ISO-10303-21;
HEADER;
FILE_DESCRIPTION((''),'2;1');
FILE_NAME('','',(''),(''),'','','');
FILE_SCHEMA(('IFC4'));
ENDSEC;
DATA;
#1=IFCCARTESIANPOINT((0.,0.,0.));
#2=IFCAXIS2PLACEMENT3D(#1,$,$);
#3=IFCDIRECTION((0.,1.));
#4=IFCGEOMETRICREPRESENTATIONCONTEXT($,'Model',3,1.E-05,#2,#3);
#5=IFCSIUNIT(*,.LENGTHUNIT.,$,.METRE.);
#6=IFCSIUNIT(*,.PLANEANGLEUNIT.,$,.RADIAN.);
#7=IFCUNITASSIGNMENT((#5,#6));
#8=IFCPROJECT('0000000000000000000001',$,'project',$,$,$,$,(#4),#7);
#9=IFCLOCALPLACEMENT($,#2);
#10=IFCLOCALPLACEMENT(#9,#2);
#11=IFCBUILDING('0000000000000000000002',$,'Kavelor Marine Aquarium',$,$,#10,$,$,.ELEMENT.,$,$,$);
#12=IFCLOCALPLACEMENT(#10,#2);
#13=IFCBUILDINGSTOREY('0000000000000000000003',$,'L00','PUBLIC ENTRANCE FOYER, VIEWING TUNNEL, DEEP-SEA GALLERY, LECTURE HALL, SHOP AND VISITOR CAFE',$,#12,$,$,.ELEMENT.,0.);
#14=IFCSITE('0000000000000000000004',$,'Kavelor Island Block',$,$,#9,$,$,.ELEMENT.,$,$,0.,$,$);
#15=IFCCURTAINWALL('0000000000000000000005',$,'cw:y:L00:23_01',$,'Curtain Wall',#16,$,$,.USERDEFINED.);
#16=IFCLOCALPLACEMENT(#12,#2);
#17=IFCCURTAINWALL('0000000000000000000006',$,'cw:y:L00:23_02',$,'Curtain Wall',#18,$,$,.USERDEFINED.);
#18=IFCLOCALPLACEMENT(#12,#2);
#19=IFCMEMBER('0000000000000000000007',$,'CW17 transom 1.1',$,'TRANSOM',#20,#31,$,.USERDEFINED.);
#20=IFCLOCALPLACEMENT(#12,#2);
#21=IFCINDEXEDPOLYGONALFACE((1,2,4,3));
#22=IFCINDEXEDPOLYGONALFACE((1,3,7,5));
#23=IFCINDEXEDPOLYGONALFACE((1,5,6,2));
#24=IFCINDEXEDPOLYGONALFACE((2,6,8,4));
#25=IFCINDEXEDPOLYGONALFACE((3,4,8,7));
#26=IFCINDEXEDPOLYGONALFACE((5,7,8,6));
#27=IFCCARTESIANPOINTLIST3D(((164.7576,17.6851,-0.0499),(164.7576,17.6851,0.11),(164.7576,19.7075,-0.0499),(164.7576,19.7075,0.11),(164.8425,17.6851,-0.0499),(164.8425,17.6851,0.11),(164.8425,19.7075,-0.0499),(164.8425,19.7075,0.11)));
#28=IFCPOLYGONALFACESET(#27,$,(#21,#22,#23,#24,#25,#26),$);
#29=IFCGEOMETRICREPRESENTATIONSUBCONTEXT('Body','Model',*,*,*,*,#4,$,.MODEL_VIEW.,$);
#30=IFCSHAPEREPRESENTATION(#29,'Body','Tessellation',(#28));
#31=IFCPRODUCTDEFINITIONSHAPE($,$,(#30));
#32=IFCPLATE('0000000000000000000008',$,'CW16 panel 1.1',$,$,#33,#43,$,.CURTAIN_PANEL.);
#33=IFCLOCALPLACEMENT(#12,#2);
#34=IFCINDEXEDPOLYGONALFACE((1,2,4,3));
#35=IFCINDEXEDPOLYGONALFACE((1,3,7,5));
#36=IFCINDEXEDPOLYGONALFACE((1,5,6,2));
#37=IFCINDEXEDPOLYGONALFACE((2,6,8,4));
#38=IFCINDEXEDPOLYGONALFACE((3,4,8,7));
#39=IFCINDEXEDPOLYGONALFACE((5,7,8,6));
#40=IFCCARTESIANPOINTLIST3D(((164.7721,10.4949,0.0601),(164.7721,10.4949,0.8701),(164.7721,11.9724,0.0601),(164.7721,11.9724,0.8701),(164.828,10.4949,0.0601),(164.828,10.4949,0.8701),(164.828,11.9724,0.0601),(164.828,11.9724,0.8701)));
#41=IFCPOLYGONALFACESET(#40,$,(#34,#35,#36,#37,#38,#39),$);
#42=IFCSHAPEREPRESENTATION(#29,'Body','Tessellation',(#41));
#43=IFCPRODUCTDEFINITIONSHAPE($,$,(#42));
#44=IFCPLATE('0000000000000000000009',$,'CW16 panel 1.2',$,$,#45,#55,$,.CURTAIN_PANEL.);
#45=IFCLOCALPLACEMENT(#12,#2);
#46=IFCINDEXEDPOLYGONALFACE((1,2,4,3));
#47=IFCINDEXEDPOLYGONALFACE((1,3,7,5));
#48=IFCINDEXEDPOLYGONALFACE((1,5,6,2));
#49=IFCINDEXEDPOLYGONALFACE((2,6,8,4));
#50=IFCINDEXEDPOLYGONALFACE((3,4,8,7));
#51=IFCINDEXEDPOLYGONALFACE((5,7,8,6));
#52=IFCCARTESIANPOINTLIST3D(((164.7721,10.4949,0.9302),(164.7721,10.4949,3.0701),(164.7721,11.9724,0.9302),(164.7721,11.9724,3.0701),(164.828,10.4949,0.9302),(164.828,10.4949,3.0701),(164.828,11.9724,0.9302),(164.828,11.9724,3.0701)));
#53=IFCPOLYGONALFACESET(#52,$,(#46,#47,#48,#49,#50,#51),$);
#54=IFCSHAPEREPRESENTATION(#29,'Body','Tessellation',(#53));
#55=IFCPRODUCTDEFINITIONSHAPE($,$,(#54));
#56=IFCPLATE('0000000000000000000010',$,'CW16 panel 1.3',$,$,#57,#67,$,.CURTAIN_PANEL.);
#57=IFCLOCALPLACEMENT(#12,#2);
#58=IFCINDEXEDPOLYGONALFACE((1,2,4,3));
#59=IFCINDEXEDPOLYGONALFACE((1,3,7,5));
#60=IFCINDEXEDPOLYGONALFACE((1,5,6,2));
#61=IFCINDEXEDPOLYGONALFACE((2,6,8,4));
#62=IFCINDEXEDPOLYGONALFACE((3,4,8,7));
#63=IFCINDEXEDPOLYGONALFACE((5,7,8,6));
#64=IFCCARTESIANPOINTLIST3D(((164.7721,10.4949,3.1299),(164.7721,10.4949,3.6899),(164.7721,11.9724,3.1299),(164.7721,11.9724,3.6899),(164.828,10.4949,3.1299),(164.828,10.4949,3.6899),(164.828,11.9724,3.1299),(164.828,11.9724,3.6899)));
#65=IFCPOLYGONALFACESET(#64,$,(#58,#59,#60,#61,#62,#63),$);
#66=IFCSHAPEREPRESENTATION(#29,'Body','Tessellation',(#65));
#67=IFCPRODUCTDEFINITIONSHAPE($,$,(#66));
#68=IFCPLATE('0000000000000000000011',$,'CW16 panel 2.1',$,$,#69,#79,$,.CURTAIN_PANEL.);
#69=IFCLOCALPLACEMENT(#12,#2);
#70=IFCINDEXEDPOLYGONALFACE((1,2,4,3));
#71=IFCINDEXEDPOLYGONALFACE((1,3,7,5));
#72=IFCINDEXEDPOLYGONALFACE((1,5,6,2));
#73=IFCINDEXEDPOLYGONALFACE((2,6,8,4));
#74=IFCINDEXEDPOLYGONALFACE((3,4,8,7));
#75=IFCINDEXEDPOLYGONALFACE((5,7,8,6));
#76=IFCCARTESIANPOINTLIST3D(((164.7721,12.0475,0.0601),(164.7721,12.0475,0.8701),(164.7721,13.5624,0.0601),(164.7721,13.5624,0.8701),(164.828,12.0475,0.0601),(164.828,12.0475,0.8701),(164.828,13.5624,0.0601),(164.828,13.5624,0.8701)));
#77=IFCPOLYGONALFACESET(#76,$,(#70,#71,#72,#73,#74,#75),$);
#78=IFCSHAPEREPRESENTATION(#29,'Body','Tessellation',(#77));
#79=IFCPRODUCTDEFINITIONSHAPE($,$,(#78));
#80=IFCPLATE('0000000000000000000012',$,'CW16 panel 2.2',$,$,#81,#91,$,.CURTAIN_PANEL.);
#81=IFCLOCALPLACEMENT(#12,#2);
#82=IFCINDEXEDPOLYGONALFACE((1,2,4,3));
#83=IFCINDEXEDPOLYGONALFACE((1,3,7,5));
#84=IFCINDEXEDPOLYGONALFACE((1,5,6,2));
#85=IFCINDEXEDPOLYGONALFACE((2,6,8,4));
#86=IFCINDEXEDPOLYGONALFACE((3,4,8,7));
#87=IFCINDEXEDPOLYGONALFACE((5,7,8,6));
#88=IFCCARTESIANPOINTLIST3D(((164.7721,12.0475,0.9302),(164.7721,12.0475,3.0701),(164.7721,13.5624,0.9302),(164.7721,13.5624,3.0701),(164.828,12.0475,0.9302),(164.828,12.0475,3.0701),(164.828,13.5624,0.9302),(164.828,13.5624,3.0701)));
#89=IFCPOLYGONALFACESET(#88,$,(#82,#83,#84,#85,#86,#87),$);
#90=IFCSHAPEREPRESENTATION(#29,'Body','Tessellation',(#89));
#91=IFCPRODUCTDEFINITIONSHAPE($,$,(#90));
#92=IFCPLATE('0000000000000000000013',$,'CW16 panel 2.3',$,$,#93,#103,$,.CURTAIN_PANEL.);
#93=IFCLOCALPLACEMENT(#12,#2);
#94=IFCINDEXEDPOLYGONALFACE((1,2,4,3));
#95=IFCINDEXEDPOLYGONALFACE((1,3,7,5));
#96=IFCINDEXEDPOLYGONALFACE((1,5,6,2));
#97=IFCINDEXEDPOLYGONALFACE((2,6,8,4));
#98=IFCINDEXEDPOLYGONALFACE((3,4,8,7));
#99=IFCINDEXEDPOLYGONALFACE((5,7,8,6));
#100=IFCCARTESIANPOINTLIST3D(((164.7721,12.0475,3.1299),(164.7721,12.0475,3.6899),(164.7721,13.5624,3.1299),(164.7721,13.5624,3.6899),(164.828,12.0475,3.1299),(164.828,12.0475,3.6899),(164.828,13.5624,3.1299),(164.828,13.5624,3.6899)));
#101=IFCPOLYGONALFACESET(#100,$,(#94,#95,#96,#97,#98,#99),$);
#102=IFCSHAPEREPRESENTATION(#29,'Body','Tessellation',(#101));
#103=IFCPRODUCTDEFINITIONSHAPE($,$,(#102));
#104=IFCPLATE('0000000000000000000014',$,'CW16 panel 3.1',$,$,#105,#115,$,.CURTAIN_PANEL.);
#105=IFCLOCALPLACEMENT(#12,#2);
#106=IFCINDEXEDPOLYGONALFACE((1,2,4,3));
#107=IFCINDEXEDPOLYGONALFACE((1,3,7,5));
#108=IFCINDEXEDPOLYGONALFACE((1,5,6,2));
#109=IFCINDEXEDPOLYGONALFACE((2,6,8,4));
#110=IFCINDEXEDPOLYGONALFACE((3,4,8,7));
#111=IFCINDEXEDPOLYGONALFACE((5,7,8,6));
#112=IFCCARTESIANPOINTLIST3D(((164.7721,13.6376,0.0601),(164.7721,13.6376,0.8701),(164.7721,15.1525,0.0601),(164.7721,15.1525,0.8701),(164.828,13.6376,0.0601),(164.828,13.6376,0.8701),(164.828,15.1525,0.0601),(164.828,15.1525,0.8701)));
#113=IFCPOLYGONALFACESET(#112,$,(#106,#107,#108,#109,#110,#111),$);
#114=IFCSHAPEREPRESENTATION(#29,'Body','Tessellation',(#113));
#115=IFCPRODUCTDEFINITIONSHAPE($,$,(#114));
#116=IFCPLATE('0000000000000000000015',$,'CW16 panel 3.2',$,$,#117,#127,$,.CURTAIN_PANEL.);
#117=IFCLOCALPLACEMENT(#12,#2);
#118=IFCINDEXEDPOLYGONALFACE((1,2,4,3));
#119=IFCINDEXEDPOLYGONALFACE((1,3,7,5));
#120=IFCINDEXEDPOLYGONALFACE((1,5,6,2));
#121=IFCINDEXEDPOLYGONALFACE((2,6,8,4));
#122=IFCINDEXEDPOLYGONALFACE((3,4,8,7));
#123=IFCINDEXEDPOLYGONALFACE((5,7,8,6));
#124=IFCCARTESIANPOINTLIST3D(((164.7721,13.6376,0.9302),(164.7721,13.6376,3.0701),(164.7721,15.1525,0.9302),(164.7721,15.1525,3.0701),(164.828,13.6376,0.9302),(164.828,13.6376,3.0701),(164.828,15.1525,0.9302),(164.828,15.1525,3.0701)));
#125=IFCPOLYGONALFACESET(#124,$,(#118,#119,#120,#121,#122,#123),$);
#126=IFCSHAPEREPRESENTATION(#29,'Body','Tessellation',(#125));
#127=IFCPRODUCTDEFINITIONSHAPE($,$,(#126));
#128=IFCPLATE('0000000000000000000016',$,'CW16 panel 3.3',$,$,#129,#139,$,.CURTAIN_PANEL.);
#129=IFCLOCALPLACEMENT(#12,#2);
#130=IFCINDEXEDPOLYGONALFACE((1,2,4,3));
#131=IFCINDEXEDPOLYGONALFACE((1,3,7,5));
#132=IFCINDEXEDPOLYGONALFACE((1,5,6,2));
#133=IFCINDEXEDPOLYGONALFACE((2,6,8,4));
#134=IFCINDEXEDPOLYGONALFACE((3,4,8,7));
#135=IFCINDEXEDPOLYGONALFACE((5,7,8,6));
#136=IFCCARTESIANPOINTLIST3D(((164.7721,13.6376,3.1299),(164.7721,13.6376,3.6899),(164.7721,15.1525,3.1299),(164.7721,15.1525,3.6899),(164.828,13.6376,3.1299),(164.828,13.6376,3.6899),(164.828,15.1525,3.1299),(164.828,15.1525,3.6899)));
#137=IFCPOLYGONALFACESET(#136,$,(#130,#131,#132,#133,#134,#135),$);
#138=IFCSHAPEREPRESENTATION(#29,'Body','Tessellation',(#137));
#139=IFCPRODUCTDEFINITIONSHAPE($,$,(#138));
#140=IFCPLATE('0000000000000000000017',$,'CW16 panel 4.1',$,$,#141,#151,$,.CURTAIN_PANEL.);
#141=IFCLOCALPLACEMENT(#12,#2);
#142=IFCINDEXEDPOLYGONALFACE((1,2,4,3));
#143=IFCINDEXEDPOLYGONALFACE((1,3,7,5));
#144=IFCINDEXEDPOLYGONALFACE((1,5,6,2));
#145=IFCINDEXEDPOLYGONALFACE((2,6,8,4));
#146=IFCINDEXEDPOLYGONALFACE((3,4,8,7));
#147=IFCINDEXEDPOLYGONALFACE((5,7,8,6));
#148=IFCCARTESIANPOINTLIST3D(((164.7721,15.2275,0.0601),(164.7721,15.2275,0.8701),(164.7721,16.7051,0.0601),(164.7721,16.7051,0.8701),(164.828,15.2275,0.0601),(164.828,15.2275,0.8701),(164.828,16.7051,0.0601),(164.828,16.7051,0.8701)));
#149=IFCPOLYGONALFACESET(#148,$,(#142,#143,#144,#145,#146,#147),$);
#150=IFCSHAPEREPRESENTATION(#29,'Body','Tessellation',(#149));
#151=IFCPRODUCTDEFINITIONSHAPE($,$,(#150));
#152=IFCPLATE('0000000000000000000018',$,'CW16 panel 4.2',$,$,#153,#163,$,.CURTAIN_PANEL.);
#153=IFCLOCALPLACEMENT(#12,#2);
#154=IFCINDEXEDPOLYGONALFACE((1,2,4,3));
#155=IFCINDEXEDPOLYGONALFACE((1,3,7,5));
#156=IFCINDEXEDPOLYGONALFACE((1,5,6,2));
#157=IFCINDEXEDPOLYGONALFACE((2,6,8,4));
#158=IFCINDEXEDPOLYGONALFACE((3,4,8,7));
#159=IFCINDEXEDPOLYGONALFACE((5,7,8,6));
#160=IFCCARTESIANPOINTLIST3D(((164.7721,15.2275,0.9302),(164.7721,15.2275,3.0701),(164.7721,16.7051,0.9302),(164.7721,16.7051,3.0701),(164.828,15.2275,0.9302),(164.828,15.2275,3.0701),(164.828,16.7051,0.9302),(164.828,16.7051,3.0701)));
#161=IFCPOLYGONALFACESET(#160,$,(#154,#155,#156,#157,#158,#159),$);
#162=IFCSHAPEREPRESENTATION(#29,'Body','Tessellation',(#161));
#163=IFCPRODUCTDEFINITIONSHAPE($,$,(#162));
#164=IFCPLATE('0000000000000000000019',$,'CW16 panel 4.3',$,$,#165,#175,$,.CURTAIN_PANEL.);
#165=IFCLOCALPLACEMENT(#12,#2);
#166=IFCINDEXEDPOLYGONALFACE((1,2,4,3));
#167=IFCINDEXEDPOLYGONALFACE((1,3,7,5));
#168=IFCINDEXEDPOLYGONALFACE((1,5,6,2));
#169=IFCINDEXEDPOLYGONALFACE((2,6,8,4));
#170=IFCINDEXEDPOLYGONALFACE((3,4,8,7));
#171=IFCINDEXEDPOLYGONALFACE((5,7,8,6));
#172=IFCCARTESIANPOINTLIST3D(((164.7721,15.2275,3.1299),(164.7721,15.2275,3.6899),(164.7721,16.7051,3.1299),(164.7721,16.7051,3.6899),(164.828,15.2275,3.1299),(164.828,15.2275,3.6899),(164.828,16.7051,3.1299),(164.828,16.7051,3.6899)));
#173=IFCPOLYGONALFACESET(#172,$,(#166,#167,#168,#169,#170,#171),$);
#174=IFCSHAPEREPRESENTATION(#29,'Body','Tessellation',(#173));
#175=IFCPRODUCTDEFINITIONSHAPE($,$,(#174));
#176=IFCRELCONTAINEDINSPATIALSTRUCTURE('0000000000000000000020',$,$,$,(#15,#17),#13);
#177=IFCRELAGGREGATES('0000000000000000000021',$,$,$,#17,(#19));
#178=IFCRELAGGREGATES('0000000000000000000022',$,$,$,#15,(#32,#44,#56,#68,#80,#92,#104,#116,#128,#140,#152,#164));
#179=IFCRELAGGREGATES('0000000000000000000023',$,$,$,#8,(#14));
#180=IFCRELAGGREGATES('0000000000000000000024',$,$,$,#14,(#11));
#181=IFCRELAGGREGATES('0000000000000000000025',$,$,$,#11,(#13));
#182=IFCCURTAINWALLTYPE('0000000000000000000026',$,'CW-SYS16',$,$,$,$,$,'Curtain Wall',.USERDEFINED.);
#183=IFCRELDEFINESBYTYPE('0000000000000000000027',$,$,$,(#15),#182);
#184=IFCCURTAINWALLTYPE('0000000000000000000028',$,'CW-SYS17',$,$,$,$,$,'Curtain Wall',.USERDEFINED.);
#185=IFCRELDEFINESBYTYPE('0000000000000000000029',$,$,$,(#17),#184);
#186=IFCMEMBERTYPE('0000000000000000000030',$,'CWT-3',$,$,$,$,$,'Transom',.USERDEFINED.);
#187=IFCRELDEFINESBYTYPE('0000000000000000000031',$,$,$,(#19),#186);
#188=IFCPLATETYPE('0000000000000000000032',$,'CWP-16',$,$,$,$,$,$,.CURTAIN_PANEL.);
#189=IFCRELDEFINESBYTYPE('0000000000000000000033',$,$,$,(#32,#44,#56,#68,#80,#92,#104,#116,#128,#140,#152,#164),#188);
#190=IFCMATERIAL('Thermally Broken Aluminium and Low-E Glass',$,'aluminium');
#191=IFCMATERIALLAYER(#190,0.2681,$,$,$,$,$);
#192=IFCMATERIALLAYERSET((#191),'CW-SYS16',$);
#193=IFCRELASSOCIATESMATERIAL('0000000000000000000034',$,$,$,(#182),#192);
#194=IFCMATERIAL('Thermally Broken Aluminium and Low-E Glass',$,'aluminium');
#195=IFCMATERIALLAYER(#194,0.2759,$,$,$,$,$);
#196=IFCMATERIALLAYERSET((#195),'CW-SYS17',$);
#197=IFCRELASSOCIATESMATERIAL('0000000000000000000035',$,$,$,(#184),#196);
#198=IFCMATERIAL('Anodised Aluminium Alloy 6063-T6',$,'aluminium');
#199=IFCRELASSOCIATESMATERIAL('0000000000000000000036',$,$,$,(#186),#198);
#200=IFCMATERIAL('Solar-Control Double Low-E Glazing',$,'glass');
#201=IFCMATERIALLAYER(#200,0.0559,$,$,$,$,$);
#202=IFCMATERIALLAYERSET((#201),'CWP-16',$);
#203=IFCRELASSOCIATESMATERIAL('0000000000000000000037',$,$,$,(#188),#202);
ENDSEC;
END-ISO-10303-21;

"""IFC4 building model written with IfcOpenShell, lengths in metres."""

from ifc_helpers import new_model, si_unit, direction, frame, origin, origin_2d, place, context, subcontext, project, spatial, rectangle, extrude, material, layer, layer_set, material_profile, profile_set, type_object, element, aggregate, save


model = new_model("IFC4")

# Units and contexts
model_context = context("Model", 3, precision=1e-05, world=origin(), true_north=direction((0.0, 1.0)))
body_context = subcontext(model_context, "Body", "Model", "MODEL_VIEW")
ifc_project = project(units=[si_unit("LENGTHUNIT", "METRE"), si_unit("PLANEANGLEUNIT", "RADIAN")], contexts=[model_context])

# Site, building, storey
site_placement = place(None, origin())
site = spatial("IfcSite", under=ifc_project, at=site_placement, Name="Kavelor Island Block", CompositionType="ELEMENT", RefElevation=0.0)
building_placement = place(site_placement, origin())
building = spatial("IfcBuilding", under=site, at=building_placement, Name="Kavelor Marine Aquarium", CompositionType="ELEMENT")
storey_placement = place(building_placement, origin())
storey = spatial("IfcBuildingStorey", under=building, at=storey_placement, Name="L00", Description="PUBLIC ENTRANCE FOYER, VIEWING TUNNEL, DEEP-SEA GALLERY, LECTURE HALL, SHOP AND VISITOR CAFE", CompositionType="ELEMENT", Elevation=0.0)

# Curtain wall
ifc_material_1 = material(Name="Thermally Broken Aluminium and Low-E Glass", Category="aluminium")
ifc_layer_1 = layer(ifc_material_1, 0.2681)
ifc_layer_set_1 = layer_set([ifc_layer_1], Name="CW-SYS16")
curtain_wall_type_1 = type_object("IfcCurtainWallType", Name="CW-SYS16", ElementType="Curtain Wall", PredefinedType="USERDEFINED", material=ifc_layer_set_1)
curtain_wall_1_placement = place(storey_placement, origin())
curtain_wall_1 = element("IfcCurtainWall", 1, at=curtain_wall_1_placement, inside=storey, type_object=curtain_wall_type_1, Name="cw:y:L00:23_01", ObjectType="Curtain Wall", PredefinedType="USERDEFINED")

# Curtain wall
ifc_material_2 = material(Name="Thermally Broken Aluminium and Low-E Glass", Category="aluminium")
ifc_layer_2 = layer(ifc_material_2, 0.2759)
ifc_layer_set_2 = layer_set([ifc_layer_2], Name="CW-SYS17")
curtain_wall_type_2 = type_object("IfcCurtainWallType", Name="CW-SYS17", ElementType="Curtain Wall", PredefinedType="USERDEFINED", material=ifc_layer_set_2)
curtain_wall_2_placement = place(storey_placement, origin())
curtain_wall_2 = element("IfcCurtainWall", 2, at=curtain_wall_2_placement, inside=storey, type_object=curtain_wall_type_2, Name="cw:y:L00:23_02", ObjectType="Curtain Wall", PredefinedType="USERDEFINED")

# Member
ifc_material_3 = material(Name="Anodised Aluminium Alloy 6063-T6", Category="aluminium")
ifc_material_profile_1 = material_profile(ifc_material_3, rectangle(XDim=0.085, YDim=0.1599, at=origin_2d()), Name="CW-TRN 85x160")
ifc_profile_set_1 = profile_set([ifc_material_profile_1], Name="Anodised Aluminium Alloy 6063-T6")
member_type_1 = type_object("IfcMemberType", Name="CWT-3", ElementType="Transom", PredefinedType="USERDEFINED", material=ifc_profile_set_1)
member_1_placement = place(storey_placement, frame((164.8, 17.6851, 0.03), z_axis=(0.0, 1.0, 0.0), x_axis=(-1.0, 0.0, 0.0)))
member_1 = element("IfcMember", 3, at=member_1_placement, type_object=member_type_1, Name="CW17 transom 1.1", ObjectType="TRANSOM", PredefinedType="USERDEFINED", context=body_context, shape_type="SweptSolid", body=[
    extrude(rectangle(XDim=0.085, YDim=0.1599, at=origin_2d()), origin(), (0.0, 0.0, 1.0), 2.0225),
])
aggregate(curtain_wall_2, [member_1])

# Plates
ifc_material_4 = material(Name="Solar-Control Double Low-E Glazing", Category="glass")
ifc_layer_3 = layer(ifc_material_4, 0.0559)
ifc_layer_set_3 = layer_set([ifc_layer_3], Name="CWP-16")
plate_type = type_object("IfcPlateType", Name="CWP-16", PredefinedType="CURTAIN_PANEL", material=ifc_layer_set_3)
plate_1_placement = place(storey_placement, frame((164.8, 11.2336, 0.0601), z_axis=(0.0, 0.0, 1.0), x_axis=(0.0, 1.0, 0.0)))
plate_1 = element("IfcPlate", 4, at=plate_1_placement, type_object=plate_type, Name="CW16 panel 1.1", PredefinedType="CURTAIN_PANEL", context=body_context, shape_type="SweptSolid", body=[
    extrude(rectangle(XDim=1.4775, YDim=0.0559, at=origin_2d()), origin(), (0.0, 0.0, 1.0), 0.8101),
])
plate_2_placement = place(storey_placement, frame((164.8, 11.2336, 0.9302), z_axis=(0.0, 0.0, 1.0), x_axis=(0.0, 1.0, 0.0)))
plate_2 = element("IfcPlate", 5, at=plate_2_placement, type_object=plate_type, Name="CW16 panel 1.2", PredefinedType="CURTAIN_PANEL", context=body_context, shape_type="SweptSolid", body=[
    extrude(rectangle(XDim=1.4775, YDim=0.0559, at=origin_2d()), origin(), (0.0, 0.0, 1.0), 2.1399),
])
plate_3_placement = place(storey_placement, frame((164.8, 11.2336, 3.1299), z_axis=(0.0, 0.0, 1.0), x_axis=(0.0, 1.0, 0.0)))
plate_3 = element("IfcPlate", 6, at=plate_3_placement, type_object=plate_type, Name="CW16 panel 1.3", PredefinedType="CURTAIN_PANEL", context=body_context, shape_type="SweptSolid", body=[
    extrude(rectangle(XDim=1.4775, YDim=0.0559, at=origin_2d()), origin(), (0.0, 0.0, 1.0), 0.5601),
])
plate_4_placement = place(storey_placement, frame((164.8, 12.8049, 0.0601), z_axis=(0.0, 0.0, 1.0), x_axis=(0.0, 1.0, 0.0)))
plate_4 = element("IfcPlate", 7, at=plate_4_placement, type_object=plate_type, Name="CW16 panel 2.1", PredefinedType="CURTAIN_PANEL", context=body_context, shape_type="SweptSolid", body=[
    extrude(rectangle(XDim=1.5149, YDim=0.0559, at=origin_2d()), origin(), (0.0, 0.0, 1.0), 0.8101),
])
plate_5_placement = place(storey_placement, frame((164.8, 12.8049, 0.9302), z_axis=(0.0, 0.0, 1.0), x_axis=(0.0, 1.0, 0.0)))
plate_5 = element("IfcPlate", 8, at=plate_5_placement, type_object=plate_type, Name="CW16 panel 2.2", PredefinedType="CURTAIN_PANEL", context=body_context, shape_type="SweptSolid", body=[
    extrude(rectangle(XDim=1.5149, YDim=0.0559, at=origin_2d()), origin(), (0.0, 0.0, 1.0), 2.1399),
])
plate_6_placement = place(storey_placement, frame((164.8, 12.8049, 3.1299), z_axis=(0.0, 0.0, 1.0), x_axis=(0.0, 1.0, 0.0)))
plate_6 = element("IfcPlate", 9, at=plate_6_placement, type_object=plate_type, Name="CW16 panel 2.3", PredefinedType="CURTAIN_PANEL", context=body_context, shape_type="SweptSolid", body=[
    extrude(rectangle(XDim=1.5149, YDim=0.0559, at=origin_2d()), origin(), (0.0, 0.0, 1.0), 0.5601),
])
plate_7_placement = place(storey_placement, frame((164.8, 14.395, 0.0601), z_axis=(0.0, 0.0, 1.0), x_axis=(0.0, 1.0, 0.0)))
plate_7 = element("IfcPlate", 10, at=plate_7_placement, type_object=plate_type, Name="CW16 panel 3.1", PredefinedType="CURTAIN_PANEL", context=body_context, shape_type="SweptSolid", body=[
    extrude(rectangle(XDim=1.5149, YDim=0.0559, at=origin_2d()), origin(), (0.0, 0.0, 1.0), 0.8101),
])
plate_8_placement = place(storey_placement, frame((164.8, 14.395, 0.9302), z_axis=(0.0, 0.0, 1.0), x_axis=(0.0, 1.0, 0.0)))
plate_8 = element("IfcPlate", 11, at=plate_8_placement, type_object=plate_type, Name="CW16 panel 3.2", PredefinedType="CURTAIN_PANEL", context=body_context, shape_type="SweptSolid", body=[
    extrude(rectangle(XDim=1.5149, YDim=0.0559, at=origin_2d()), origin(), (0.0, 0.0, 1.0), 2.1399),
])
plate_9_placement = place(storey_placement, frame((164.8, 14.395, 3.1299), z_axis=(0.0, 0.0, 1.0), x_axis=(0.0, 1.0, 0.0)))
plate_9 = element("IfcPlate", 12, at=plate_9_placement, type_object=plate_type, Name="CW16 panel 3.3", PredefinedType="CURTAIN_PANEL", context=body_context, shape_type="SweptSolid", body=[
    extrude(rectangle(XDim=1.5149, YDim=0.0559, at=origin_2d()), origin(), (0.0, 0.0, 1.0), 0.5601),
])
plate_10_placement = place(storey_placement, frame((164.8, 15.9663, 0.0601), z_axis=(0.0, 0.0, 1.0), x_axis=(0.0, 1.0, 0.0)))
plate_10 = element("IfcPlate", 13, at=plate_10_placement, type_object=plate_type, Name="CW16 panel 4.1", PredefinedType="CURTAIN_PANEL", context=body_context, shape_type="SweptSolid", body=[
    extrude(rectangle(XDim=1.4775, YDim=0.0559, at=origin_2d()), origin(), (0.0, 0.0, 1.0), 0.8101),
])
plate_11_placement = place(storey_placement, frame((164.8, 15.9663, 0.9302), z_axis=(0.0, 0.0, 1.0), x_axis=(0.0, 1.0, 0.0)))
plate_11 = element("IfcPlate", 14, at=plate_11_placement, type_object=plate_type, Name="CW16 panel 4.2", PredefinedType="CURTAIN_PANEL", context=body_context, shape_type="SweptSolid", body=[
    extrude(rectangle(XDim=1.4775, YDim=0.0559, at=origin_2d()), origin(), (0.0, 0.0, 1.0), 2.1399),
])
plate_12_placement = place(storey_placement, frame((164.8, 15.9663, 3.1299), z_axis=(0.0, 0.0, 1.0), x_axis=(0.0, 1.0, 0.0)))
plate_12 = element("IfcPlate", 15, at=plate_12_placement, type_object=plate_type, Name="CW16 panel 4.3", PredefinedType="CURTAIN_PANEL", context=body_context, shape_type="SweptSolid", body=[
    extrude(rectangle(XDim=1.4775, YDim=0.0559, at=origin_2d()), origin(), (0.0, 0.0, 1.0), 0.5601),
])
aggregate(curtain_wall_1, [plate_1, plate_2, plate_3, plate_4, plate_5, plate_6, plate_7, plate_8, plate_9, plate_10, plate_11, plate_12])

save(model, "model.ifc")
